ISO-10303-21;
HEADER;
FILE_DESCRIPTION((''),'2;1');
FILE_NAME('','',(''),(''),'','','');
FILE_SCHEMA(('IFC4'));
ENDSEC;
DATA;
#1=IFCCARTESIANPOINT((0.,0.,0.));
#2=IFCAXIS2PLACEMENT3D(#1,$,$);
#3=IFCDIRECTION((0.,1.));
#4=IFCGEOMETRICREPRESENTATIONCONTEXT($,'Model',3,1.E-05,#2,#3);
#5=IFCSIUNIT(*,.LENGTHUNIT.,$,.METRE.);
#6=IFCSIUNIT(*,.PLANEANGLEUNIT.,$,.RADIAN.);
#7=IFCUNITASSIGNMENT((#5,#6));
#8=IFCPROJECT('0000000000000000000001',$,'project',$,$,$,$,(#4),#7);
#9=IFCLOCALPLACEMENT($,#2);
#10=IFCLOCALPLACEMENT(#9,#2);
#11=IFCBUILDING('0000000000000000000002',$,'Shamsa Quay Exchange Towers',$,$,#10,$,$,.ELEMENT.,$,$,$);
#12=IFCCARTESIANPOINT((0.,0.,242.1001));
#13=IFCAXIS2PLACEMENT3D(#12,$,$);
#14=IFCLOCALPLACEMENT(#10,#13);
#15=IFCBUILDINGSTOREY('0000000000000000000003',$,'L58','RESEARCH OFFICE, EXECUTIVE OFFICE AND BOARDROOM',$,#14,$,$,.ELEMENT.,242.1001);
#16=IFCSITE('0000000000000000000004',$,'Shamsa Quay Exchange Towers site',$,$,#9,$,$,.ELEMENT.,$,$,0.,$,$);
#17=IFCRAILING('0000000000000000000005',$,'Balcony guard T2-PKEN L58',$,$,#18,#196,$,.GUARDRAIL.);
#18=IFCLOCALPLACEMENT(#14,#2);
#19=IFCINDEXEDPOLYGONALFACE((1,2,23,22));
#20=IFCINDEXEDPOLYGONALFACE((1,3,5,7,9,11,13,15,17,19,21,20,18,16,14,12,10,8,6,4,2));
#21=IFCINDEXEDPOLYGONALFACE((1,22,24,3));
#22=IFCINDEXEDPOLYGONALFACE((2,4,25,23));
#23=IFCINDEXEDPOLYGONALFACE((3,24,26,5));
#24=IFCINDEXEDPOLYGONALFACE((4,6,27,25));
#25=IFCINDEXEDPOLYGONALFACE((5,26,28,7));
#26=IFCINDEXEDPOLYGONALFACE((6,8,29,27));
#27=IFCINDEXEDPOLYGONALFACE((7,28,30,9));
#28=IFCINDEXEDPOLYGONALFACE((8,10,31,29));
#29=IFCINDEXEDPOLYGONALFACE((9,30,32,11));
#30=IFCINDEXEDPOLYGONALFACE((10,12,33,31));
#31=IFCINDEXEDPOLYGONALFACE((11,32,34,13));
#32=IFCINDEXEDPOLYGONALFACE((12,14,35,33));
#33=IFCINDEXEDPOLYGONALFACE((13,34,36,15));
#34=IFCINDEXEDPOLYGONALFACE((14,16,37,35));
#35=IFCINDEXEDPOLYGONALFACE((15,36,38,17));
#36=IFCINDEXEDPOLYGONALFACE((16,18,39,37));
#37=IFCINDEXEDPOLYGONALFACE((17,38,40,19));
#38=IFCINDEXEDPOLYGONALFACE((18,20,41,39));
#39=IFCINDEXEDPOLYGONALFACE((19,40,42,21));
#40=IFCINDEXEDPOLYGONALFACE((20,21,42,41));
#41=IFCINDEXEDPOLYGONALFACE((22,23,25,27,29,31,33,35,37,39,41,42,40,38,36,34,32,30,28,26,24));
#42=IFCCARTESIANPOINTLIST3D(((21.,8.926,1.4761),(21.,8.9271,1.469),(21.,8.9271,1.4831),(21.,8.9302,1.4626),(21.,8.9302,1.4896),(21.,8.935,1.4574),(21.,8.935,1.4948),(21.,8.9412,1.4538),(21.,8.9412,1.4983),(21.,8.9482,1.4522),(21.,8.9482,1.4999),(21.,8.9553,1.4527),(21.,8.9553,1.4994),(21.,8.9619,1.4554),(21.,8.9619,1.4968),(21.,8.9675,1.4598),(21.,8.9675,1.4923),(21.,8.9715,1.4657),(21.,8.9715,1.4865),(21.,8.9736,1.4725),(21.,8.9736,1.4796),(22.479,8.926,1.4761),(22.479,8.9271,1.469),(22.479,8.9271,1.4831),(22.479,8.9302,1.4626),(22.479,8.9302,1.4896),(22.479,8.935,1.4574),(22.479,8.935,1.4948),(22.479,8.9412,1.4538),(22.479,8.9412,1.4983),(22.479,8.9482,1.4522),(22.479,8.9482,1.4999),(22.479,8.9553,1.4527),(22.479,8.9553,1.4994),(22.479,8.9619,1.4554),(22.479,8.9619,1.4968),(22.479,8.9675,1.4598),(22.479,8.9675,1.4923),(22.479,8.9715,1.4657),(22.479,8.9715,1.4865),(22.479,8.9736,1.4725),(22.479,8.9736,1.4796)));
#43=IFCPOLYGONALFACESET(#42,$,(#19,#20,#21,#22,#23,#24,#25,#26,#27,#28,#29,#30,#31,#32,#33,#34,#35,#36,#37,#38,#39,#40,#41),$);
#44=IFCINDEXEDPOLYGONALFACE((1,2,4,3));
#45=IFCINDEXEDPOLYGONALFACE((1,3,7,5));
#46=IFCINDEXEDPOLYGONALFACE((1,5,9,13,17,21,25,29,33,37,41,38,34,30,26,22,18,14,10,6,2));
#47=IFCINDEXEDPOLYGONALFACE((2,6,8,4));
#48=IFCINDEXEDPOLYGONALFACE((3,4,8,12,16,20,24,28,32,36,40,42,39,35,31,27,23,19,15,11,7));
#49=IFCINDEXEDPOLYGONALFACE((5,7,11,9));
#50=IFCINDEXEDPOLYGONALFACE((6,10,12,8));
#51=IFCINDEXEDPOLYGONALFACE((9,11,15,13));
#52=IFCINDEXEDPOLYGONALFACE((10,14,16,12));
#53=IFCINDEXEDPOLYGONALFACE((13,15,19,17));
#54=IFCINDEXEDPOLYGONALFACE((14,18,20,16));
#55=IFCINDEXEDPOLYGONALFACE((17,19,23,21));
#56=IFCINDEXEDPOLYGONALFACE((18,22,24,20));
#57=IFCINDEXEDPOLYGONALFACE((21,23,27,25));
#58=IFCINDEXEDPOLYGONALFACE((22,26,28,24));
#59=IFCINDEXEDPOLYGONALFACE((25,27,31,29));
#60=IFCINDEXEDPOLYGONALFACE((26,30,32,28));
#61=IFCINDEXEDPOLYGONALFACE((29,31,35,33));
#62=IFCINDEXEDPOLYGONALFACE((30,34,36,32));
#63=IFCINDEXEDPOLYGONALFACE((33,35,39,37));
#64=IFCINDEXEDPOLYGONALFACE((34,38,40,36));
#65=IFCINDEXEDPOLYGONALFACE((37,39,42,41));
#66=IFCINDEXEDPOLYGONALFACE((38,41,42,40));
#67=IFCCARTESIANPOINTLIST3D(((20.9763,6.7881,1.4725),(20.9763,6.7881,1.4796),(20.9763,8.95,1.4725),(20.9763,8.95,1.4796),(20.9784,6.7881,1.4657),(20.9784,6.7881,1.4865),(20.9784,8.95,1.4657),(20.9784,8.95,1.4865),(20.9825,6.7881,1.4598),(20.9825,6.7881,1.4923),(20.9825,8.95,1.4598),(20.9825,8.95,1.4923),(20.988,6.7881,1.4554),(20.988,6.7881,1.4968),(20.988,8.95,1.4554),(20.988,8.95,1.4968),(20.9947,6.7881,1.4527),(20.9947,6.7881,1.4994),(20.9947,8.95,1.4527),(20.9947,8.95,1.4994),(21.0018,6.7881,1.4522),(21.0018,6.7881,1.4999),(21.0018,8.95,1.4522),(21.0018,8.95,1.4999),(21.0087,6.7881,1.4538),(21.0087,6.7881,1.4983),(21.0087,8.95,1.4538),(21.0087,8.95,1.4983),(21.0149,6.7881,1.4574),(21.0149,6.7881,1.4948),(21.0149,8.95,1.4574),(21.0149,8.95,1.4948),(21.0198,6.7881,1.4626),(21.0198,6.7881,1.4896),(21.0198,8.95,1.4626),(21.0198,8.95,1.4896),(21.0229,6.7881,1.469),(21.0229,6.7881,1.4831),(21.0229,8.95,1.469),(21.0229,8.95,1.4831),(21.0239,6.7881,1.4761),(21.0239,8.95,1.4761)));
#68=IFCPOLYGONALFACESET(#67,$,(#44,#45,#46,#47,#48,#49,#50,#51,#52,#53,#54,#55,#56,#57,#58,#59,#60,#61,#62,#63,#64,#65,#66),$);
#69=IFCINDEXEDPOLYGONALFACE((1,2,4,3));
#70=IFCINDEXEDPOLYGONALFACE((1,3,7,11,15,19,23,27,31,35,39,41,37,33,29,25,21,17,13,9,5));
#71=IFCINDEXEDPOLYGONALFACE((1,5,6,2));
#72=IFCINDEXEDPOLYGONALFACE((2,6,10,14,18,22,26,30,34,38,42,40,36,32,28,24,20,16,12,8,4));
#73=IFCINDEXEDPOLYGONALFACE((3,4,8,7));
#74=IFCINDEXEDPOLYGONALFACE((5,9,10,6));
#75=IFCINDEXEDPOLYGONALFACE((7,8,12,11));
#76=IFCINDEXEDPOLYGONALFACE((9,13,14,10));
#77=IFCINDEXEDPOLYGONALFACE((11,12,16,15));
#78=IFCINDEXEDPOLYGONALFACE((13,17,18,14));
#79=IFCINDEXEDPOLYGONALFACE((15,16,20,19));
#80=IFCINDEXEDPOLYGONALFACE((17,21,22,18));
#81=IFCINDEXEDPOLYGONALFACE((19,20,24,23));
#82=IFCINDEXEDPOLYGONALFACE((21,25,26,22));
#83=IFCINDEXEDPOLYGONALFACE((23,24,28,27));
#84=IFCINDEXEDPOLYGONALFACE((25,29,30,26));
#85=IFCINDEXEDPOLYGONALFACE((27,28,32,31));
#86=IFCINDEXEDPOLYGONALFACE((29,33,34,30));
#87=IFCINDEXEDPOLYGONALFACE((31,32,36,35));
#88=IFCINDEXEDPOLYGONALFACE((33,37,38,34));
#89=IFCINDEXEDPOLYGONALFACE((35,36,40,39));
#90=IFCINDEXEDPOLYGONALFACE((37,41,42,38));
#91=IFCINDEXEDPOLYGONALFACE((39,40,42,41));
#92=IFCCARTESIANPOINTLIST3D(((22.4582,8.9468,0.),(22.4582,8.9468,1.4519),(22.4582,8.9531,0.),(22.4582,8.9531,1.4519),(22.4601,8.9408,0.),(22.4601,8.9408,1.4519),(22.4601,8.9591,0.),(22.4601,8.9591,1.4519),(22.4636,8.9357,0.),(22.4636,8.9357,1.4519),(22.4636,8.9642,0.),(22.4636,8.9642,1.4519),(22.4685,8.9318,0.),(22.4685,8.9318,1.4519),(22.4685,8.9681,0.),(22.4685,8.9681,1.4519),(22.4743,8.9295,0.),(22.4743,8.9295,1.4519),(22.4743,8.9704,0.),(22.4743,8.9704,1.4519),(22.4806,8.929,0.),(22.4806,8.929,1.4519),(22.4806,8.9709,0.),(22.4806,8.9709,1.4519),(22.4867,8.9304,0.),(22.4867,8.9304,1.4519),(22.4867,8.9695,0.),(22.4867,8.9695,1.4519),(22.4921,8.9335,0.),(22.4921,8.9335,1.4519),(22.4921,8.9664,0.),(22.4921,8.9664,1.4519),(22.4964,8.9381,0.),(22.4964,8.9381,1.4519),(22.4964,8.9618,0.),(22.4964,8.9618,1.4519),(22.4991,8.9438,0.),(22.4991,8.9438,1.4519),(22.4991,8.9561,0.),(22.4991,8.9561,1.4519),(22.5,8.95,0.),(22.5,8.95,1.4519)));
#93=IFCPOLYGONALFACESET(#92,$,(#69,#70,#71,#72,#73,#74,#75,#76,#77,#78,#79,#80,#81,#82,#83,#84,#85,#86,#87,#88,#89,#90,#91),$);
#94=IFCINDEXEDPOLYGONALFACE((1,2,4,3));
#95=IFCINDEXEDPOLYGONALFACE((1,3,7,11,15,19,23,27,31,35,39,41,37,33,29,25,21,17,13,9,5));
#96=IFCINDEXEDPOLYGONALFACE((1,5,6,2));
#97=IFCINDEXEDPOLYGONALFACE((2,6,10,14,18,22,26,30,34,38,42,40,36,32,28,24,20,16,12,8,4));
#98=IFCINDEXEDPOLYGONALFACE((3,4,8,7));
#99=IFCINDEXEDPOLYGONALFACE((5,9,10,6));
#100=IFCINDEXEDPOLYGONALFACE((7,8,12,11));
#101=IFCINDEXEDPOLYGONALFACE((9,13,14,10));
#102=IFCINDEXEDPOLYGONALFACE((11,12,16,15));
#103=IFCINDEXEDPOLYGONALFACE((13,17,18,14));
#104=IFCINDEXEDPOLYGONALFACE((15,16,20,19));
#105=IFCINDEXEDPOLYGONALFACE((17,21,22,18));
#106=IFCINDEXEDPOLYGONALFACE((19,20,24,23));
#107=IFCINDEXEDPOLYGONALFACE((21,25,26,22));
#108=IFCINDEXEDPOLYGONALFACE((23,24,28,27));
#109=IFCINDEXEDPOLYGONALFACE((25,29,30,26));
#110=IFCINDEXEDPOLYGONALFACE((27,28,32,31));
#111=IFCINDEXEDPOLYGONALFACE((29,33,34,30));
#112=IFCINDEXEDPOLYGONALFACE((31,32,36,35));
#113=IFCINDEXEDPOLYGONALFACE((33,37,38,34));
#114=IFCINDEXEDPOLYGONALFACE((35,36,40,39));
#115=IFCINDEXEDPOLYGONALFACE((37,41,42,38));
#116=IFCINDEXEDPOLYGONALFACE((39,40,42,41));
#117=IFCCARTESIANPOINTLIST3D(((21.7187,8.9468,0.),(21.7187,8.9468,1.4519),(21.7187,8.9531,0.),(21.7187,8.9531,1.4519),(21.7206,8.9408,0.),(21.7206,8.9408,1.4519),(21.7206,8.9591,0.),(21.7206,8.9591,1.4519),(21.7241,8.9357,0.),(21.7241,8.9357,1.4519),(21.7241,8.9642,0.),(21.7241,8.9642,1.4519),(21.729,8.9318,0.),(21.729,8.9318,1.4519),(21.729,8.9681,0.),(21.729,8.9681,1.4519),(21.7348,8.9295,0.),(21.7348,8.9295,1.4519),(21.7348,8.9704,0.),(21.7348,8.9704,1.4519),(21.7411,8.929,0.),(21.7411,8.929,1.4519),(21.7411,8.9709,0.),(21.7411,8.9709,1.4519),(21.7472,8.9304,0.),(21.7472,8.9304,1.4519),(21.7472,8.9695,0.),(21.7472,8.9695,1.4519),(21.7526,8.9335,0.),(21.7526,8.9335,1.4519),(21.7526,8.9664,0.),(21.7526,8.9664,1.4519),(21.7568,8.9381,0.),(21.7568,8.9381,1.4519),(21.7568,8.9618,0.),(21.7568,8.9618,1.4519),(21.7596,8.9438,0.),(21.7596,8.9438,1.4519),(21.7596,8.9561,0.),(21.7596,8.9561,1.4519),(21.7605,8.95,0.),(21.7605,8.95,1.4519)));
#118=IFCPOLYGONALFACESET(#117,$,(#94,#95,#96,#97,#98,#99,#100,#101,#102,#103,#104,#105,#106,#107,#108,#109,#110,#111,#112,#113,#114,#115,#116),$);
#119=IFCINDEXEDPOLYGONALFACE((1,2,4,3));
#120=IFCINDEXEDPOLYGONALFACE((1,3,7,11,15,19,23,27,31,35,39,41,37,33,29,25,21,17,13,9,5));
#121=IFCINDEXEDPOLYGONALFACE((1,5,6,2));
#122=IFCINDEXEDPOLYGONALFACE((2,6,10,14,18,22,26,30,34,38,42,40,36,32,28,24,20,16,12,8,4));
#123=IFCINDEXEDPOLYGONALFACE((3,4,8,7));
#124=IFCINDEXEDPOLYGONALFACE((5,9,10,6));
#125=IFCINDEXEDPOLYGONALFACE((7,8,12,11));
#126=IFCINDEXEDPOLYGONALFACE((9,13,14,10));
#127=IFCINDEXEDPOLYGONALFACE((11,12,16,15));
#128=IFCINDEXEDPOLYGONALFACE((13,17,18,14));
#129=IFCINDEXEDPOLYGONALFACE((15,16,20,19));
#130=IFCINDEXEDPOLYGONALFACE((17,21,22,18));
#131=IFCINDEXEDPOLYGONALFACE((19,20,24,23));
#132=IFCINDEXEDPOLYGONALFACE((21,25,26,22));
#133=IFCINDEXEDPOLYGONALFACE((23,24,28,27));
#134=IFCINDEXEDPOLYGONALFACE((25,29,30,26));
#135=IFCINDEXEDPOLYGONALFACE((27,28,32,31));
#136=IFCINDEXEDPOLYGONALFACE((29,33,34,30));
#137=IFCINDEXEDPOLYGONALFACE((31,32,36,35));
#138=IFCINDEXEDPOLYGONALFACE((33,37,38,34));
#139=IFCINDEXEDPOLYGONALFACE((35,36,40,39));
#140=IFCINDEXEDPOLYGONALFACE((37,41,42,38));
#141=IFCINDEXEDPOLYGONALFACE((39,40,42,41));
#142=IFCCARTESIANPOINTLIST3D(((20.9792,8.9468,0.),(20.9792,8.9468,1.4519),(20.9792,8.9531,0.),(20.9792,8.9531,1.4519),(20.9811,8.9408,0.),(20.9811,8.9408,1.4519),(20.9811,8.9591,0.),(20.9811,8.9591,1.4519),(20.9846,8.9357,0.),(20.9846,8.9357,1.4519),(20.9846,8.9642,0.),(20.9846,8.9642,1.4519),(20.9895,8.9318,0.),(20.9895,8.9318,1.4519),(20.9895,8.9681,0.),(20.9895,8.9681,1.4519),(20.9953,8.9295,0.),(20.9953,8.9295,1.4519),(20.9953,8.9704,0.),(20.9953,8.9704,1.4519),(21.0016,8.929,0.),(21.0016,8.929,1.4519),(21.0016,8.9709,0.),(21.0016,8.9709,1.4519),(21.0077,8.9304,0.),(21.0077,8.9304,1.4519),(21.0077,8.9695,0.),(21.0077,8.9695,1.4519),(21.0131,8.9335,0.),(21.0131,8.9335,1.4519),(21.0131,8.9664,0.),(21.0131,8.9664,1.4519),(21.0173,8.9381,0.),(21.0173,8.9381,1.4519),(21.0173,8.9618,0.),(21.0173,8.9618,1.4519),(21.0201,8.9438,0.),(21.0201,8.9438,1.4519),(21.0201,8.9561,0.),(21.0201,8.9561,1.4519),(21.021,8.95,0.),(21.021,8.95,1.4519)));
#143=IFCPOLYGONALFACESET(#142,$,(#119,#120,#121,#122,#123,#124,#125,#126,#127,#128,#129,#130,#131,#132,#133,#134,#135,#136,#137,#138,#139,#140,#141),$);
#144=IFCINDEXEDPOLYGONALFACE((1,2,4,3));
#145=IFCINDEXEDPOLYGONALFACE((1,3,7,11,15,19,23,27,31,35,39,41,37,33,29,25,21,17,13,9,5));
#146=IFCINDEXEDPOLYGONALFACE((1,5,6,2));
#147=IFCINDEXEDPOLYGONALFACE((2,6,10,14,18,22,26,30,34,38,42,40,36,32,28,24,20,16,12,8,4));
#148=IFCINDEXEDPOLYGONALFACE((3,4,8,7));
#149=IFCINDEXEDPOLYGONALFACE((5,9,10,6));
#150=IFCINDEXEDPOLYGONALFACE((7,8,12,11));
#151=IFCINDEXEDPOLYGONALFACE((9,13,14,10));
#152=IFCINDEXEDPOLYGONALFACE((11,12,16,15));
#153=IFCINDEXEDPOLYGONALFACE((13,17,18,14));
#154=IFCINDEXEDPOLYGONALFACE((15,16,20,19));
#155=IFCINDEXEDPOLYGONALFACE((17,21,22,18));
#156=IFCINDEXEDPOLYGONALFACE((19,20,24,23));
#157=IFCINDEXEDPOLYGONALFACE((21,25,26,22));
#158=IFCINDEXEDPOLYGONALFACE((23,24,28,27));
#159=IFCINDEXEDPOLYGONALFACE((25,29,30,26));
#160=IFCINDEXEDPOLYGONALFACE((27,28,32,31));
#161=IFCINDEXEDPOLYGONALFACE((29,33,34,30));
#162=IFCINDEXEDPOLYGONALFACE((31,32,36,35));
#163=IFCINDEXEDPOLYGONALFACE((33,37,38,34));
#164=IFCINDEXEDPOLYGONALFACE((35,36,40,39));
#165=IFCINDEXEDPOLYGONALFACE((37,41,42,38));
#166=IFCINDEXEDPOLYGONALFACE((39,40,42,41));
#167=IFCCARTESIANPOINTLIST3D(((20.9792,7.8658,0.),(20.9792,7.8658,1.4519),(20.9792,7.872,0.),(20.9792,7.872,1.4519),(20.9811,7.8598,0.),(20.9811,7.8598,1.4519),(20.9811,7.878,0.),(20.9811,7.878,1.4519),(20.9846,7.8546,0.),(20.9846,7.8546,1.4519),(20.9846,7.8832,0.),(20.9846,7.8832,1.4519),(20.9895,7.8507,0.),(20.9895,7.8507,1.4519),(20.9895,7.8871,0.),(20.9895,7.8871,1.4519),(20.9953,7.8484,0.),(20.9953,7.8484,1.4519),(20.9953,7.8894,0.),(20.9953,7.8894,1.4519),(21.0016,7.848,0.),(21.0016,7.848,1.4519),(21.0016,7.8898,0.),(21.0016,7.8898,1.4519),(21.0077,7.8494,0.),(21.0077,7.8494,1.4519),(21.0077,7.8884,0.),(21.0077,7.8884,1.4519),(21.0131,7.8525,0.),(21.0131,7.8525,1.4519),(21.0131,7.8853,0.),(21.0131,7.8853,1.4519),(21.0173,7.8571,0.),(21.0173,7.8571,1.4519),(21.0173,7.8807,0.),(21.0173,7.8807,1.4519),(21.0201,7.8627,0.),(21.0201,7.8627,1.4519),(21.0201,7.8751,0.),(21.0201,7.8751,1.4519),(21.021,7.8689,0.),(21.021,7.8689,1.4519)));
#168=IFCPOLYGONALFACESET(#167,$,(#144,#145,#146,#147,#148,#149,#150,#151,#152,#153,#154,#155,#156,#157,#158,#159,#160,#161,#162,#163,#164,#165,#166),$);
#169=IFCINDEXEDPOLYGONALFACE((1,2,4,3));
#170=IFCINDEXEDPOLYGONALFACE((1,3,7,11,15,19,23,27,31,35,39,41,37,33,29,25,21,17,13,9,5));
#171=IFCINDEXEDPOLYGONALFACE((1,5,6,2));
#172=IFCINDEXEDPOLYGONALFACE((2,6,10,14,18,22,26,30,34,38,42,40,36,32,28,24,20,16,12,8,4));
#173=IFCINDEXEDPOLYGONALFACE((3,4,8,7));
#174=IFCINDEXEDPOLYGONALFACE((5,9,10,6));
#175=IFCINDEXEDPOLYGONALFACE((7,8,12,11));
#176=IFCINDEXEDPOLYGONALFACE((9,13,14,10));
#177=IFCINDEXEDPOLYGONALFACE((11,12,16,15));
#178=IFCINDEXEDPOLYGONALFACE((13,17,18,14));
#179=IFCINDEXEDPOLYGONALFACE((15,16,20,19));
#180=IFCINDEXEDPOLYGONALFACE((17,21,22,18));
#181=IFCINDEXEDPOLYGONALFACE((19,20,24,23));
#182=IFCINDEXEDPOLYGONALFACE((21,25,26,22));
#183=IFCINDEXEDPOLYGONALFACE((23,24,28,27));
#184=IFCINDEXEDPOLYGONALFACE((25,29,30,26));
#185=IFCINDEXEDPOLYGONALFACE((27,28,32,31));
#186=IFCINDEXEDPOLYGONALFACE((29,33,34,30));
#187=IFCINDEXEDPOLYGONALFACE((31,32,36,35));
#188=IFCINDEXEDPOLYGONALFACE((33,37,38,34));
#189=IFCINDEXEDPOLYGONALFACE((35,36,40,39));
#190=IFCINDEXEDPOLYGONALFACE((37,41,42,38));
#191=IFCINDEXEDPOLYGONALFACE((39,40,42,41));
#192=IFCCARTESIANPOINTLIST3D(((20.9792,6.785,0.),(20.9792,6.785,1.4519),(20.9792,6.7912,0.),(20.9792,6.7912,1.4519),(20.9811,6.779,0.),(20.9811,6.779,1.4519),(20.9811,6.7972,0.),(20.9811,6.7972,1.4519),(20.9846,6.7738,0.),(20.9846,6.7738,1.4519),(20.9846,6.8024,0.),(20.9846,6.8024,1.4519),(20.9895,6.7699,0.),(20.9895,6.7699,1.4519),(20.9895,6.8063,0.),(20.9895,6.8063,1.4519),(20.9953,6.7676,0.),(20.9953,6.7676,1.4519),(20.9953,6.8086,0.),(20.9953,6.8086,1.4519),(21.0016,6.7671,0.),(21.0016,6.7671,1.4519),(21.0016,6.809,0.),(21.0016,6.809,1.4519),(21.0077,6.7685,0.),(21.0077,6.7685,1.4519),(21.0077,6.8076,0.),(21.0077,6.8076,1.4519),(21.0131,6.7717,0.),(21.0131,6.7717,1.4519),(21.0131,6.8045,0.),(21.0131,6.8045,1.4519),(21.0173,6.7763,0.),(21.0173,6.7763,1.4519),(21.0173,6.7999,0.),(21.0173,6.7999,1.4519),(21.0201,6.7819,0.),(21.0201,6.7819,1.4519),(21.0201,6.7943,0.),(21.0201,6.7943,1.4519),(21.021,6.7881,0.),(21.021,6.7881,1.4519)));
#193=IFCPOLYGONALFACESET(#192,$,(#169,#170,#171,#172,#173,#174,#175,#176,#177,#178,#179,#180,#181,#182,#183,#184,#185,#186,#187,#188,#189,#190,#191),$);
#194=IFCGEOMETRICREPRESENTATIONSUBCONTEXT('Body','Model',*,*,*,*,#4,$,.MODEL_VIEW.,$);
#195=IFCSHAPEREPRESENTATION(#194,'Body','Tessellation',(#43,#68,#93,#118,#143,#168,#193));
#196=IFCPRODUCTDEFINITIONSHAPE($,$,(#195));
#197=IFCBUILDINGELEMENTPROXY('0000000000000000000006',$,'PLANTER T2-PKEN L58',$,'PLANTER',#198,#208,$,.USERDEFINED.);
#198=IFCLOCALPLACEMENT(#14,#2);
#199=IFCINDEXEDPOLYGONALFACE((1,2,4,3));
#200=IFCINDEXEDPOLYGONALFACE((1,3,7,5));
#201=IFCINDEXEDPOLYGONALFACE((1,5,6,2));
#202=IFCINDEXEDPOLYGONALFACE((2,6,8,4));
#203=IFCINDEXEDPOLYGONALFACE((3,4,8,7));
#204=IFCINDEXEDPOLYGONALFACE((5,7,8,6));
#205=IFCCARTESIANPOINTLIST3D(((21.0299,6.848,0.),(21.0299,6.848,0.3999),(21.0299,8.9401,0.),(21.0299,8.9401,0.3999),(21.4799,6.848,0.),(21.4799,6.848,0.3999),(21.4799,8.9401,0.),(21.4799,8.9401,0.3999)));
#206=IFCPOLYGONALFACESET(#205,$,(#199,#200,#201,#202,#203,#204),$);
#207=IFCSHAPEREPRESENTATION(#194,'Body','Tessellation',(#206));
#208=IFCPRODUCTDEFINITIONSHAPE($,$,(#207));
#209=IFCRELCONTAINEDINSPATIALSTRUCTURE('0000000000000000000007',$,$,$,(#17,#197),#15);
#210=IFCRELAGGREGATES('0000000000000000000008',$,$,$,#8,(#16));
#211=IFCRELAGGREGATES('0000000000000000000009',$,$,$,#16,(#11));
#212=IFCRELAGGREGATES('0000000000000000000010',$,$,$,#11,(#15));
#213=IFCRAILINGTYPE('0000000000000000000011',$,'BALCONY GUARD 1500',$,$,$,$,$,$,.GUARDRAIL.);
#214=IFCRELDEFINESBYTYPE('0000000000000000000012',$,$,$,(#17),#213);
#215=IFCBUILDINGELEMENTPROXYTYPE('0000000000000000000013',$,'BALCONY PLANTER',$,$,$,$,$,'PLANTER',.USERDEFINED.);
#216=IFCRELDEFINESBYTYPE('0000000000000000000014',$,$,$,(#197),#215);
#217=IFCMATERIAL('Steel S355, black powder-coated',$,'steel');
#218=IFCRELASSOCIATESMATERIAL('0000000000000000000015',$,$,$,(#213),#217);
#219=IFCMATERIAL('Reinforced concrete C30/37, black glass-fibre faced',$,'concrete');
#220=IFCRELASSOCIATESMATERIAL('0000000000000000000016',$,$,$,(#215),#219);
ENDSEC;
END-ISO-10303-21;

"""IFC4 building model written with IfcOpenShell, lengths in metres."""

from ifc_helpers import new_model, si_unit, direction, frame, origin, origin_2d, place, context, subcontext, project, spatial, rectangle, circle, extrude, material, type_object, element, save


model = new_model("IFC4")

# Units and contexts
model_context = context("Model", 3, precision=1e-05, world=origin(), true_north=direction((0.0, 1.0)))
body_context = subcontext(model_context, "Body", "Model", "MODEL_VIEW")
ifc_project = project(units=[si_unit("LENGTHUNIT", "METRE"), si_unit("PLANEANGLEUNIT", "RADIAN")], contexts=[model_context])

# Site, building, storey
site_placement = place(None, origin())
site = spatial("IfcSite", under=ifc_project, at=site_placement, Name="Shamsa Quay Exchange Towers site", CompositionType="ELEMENT", RefElevation=0.0)
building_placement = place(site_placement, origin())
building = spatial("IfcBuilding", under=site, at=building_placement, Name="Shamsa Quay Exchange Towers", CompositionType="ELEMENT")
storey_placement = place(building_placement, frame((0.0, 0.0, 242.1001)))
storey = spatial("IfcBuildingStorey", under=building, at=storey_placement, Name="L58", Description="RESEARCH OFFICE, EXECUTIVE OFFICE AND BOARDROOM", CompositionType="ELEMENT", Elevation=242.1001)

# Railing
ifc_material_1 = material(Name="Steel S355, black powder-coated", Category="steel")
railing_type = type_object("IfcRailingType", Name="BALCONY GUARD 1500", PredefinedType="GUARDRAIL", material=ifc_material_1)
railing_placement = place(storey_placement, frame((22.479, 8.95, 0.0)))
element("IfcRailing", 1, at=railing_placement, inside=storey, type_object=railing_type, Name="Balcony guard T2-PKEN L58", PredefinedType="GUARDRAIL", context=body_context, shape_type="SweptSolid", body=[
    extrude(circle(Radius=0.0239, at=origin_2d()), frame((0.0, 0.0, 1.4761), z_axis=(-1.0, 0.0, 0.0), x_axis=(0.0, -1.0, 0.0)), (0.0, 0.0, 1.0), 1.479),
    extrude(circle(Radius=0.0239, at=origin_2d()), frame((-1.479, 0.0, 1.4761), z_axis=(0.0, -1.0, 0.0), x_axis=(1.0, 0.0, 0.0)), (0.0, 0.0, 1.0), 2.1619),
    extrude(circle(Radius=0.021, at=origin_2d()), origin(), (0.0, 0.0, 1.0), 1.4519),
    extrude(circle(Radius=0.021, at=origin_2d()), frame((-0.7395, 0.0, 0.0)), (0.0, 0.0, 1.0), 1.4519),
    extrude(circle(Radius=0.021, at=origin_2d()), frame((-1.479, 0.0, 0.0)), (0.0, 0.0, 1.0), 1.4519),
    extrude(circle(Radius=0.021, at=origin_2d()), frame((-1.479, -1.0811, 0.0)), (0.0, 0.0, 1.0), 1.4519),
    extrude(circle(Radius=0.021, at=origin_2d()), frame((-1.479, -2.1619, 0.0)), (0.0, 0.0, 1.0), 1.4519),
])

# Building element proxy
ifc_material_2 = material(Name="Reinforced concrete C30/37, black glass-fibre faced", Category="concrete")
building_element_proxy_type = type_object("IfcBuildingElementProxyType", Name="BALCONY PLANTER", ElementType="PLANTER", PredefinedType="USERDEFINED", material=ifc_material_2)
proxy_placement = place(storey_placement, frame((21.2549, 7.894, 0.0), z_axis=(0.0, 0.0, 1.0), x_axis=(0.0, -1.0, 0.0)))
element("IfcBuildingElementProxy", 2, at=proxy_placement, inside=storey, type_object=building_element_proxy_type, Name="PLANTER T2-PKEN L58", ObjectType="PLANTER", PredefinedType="USERDEFINED", context=body_context, shape_type="SweptSolid", body=[
    extrude(rectangle(XDim=2.092, YDim=0.45, at=origin_2d()), origin(), (0.0, 0.0, 1.0), 0.3999),
])

save(model, "model.ifc")
